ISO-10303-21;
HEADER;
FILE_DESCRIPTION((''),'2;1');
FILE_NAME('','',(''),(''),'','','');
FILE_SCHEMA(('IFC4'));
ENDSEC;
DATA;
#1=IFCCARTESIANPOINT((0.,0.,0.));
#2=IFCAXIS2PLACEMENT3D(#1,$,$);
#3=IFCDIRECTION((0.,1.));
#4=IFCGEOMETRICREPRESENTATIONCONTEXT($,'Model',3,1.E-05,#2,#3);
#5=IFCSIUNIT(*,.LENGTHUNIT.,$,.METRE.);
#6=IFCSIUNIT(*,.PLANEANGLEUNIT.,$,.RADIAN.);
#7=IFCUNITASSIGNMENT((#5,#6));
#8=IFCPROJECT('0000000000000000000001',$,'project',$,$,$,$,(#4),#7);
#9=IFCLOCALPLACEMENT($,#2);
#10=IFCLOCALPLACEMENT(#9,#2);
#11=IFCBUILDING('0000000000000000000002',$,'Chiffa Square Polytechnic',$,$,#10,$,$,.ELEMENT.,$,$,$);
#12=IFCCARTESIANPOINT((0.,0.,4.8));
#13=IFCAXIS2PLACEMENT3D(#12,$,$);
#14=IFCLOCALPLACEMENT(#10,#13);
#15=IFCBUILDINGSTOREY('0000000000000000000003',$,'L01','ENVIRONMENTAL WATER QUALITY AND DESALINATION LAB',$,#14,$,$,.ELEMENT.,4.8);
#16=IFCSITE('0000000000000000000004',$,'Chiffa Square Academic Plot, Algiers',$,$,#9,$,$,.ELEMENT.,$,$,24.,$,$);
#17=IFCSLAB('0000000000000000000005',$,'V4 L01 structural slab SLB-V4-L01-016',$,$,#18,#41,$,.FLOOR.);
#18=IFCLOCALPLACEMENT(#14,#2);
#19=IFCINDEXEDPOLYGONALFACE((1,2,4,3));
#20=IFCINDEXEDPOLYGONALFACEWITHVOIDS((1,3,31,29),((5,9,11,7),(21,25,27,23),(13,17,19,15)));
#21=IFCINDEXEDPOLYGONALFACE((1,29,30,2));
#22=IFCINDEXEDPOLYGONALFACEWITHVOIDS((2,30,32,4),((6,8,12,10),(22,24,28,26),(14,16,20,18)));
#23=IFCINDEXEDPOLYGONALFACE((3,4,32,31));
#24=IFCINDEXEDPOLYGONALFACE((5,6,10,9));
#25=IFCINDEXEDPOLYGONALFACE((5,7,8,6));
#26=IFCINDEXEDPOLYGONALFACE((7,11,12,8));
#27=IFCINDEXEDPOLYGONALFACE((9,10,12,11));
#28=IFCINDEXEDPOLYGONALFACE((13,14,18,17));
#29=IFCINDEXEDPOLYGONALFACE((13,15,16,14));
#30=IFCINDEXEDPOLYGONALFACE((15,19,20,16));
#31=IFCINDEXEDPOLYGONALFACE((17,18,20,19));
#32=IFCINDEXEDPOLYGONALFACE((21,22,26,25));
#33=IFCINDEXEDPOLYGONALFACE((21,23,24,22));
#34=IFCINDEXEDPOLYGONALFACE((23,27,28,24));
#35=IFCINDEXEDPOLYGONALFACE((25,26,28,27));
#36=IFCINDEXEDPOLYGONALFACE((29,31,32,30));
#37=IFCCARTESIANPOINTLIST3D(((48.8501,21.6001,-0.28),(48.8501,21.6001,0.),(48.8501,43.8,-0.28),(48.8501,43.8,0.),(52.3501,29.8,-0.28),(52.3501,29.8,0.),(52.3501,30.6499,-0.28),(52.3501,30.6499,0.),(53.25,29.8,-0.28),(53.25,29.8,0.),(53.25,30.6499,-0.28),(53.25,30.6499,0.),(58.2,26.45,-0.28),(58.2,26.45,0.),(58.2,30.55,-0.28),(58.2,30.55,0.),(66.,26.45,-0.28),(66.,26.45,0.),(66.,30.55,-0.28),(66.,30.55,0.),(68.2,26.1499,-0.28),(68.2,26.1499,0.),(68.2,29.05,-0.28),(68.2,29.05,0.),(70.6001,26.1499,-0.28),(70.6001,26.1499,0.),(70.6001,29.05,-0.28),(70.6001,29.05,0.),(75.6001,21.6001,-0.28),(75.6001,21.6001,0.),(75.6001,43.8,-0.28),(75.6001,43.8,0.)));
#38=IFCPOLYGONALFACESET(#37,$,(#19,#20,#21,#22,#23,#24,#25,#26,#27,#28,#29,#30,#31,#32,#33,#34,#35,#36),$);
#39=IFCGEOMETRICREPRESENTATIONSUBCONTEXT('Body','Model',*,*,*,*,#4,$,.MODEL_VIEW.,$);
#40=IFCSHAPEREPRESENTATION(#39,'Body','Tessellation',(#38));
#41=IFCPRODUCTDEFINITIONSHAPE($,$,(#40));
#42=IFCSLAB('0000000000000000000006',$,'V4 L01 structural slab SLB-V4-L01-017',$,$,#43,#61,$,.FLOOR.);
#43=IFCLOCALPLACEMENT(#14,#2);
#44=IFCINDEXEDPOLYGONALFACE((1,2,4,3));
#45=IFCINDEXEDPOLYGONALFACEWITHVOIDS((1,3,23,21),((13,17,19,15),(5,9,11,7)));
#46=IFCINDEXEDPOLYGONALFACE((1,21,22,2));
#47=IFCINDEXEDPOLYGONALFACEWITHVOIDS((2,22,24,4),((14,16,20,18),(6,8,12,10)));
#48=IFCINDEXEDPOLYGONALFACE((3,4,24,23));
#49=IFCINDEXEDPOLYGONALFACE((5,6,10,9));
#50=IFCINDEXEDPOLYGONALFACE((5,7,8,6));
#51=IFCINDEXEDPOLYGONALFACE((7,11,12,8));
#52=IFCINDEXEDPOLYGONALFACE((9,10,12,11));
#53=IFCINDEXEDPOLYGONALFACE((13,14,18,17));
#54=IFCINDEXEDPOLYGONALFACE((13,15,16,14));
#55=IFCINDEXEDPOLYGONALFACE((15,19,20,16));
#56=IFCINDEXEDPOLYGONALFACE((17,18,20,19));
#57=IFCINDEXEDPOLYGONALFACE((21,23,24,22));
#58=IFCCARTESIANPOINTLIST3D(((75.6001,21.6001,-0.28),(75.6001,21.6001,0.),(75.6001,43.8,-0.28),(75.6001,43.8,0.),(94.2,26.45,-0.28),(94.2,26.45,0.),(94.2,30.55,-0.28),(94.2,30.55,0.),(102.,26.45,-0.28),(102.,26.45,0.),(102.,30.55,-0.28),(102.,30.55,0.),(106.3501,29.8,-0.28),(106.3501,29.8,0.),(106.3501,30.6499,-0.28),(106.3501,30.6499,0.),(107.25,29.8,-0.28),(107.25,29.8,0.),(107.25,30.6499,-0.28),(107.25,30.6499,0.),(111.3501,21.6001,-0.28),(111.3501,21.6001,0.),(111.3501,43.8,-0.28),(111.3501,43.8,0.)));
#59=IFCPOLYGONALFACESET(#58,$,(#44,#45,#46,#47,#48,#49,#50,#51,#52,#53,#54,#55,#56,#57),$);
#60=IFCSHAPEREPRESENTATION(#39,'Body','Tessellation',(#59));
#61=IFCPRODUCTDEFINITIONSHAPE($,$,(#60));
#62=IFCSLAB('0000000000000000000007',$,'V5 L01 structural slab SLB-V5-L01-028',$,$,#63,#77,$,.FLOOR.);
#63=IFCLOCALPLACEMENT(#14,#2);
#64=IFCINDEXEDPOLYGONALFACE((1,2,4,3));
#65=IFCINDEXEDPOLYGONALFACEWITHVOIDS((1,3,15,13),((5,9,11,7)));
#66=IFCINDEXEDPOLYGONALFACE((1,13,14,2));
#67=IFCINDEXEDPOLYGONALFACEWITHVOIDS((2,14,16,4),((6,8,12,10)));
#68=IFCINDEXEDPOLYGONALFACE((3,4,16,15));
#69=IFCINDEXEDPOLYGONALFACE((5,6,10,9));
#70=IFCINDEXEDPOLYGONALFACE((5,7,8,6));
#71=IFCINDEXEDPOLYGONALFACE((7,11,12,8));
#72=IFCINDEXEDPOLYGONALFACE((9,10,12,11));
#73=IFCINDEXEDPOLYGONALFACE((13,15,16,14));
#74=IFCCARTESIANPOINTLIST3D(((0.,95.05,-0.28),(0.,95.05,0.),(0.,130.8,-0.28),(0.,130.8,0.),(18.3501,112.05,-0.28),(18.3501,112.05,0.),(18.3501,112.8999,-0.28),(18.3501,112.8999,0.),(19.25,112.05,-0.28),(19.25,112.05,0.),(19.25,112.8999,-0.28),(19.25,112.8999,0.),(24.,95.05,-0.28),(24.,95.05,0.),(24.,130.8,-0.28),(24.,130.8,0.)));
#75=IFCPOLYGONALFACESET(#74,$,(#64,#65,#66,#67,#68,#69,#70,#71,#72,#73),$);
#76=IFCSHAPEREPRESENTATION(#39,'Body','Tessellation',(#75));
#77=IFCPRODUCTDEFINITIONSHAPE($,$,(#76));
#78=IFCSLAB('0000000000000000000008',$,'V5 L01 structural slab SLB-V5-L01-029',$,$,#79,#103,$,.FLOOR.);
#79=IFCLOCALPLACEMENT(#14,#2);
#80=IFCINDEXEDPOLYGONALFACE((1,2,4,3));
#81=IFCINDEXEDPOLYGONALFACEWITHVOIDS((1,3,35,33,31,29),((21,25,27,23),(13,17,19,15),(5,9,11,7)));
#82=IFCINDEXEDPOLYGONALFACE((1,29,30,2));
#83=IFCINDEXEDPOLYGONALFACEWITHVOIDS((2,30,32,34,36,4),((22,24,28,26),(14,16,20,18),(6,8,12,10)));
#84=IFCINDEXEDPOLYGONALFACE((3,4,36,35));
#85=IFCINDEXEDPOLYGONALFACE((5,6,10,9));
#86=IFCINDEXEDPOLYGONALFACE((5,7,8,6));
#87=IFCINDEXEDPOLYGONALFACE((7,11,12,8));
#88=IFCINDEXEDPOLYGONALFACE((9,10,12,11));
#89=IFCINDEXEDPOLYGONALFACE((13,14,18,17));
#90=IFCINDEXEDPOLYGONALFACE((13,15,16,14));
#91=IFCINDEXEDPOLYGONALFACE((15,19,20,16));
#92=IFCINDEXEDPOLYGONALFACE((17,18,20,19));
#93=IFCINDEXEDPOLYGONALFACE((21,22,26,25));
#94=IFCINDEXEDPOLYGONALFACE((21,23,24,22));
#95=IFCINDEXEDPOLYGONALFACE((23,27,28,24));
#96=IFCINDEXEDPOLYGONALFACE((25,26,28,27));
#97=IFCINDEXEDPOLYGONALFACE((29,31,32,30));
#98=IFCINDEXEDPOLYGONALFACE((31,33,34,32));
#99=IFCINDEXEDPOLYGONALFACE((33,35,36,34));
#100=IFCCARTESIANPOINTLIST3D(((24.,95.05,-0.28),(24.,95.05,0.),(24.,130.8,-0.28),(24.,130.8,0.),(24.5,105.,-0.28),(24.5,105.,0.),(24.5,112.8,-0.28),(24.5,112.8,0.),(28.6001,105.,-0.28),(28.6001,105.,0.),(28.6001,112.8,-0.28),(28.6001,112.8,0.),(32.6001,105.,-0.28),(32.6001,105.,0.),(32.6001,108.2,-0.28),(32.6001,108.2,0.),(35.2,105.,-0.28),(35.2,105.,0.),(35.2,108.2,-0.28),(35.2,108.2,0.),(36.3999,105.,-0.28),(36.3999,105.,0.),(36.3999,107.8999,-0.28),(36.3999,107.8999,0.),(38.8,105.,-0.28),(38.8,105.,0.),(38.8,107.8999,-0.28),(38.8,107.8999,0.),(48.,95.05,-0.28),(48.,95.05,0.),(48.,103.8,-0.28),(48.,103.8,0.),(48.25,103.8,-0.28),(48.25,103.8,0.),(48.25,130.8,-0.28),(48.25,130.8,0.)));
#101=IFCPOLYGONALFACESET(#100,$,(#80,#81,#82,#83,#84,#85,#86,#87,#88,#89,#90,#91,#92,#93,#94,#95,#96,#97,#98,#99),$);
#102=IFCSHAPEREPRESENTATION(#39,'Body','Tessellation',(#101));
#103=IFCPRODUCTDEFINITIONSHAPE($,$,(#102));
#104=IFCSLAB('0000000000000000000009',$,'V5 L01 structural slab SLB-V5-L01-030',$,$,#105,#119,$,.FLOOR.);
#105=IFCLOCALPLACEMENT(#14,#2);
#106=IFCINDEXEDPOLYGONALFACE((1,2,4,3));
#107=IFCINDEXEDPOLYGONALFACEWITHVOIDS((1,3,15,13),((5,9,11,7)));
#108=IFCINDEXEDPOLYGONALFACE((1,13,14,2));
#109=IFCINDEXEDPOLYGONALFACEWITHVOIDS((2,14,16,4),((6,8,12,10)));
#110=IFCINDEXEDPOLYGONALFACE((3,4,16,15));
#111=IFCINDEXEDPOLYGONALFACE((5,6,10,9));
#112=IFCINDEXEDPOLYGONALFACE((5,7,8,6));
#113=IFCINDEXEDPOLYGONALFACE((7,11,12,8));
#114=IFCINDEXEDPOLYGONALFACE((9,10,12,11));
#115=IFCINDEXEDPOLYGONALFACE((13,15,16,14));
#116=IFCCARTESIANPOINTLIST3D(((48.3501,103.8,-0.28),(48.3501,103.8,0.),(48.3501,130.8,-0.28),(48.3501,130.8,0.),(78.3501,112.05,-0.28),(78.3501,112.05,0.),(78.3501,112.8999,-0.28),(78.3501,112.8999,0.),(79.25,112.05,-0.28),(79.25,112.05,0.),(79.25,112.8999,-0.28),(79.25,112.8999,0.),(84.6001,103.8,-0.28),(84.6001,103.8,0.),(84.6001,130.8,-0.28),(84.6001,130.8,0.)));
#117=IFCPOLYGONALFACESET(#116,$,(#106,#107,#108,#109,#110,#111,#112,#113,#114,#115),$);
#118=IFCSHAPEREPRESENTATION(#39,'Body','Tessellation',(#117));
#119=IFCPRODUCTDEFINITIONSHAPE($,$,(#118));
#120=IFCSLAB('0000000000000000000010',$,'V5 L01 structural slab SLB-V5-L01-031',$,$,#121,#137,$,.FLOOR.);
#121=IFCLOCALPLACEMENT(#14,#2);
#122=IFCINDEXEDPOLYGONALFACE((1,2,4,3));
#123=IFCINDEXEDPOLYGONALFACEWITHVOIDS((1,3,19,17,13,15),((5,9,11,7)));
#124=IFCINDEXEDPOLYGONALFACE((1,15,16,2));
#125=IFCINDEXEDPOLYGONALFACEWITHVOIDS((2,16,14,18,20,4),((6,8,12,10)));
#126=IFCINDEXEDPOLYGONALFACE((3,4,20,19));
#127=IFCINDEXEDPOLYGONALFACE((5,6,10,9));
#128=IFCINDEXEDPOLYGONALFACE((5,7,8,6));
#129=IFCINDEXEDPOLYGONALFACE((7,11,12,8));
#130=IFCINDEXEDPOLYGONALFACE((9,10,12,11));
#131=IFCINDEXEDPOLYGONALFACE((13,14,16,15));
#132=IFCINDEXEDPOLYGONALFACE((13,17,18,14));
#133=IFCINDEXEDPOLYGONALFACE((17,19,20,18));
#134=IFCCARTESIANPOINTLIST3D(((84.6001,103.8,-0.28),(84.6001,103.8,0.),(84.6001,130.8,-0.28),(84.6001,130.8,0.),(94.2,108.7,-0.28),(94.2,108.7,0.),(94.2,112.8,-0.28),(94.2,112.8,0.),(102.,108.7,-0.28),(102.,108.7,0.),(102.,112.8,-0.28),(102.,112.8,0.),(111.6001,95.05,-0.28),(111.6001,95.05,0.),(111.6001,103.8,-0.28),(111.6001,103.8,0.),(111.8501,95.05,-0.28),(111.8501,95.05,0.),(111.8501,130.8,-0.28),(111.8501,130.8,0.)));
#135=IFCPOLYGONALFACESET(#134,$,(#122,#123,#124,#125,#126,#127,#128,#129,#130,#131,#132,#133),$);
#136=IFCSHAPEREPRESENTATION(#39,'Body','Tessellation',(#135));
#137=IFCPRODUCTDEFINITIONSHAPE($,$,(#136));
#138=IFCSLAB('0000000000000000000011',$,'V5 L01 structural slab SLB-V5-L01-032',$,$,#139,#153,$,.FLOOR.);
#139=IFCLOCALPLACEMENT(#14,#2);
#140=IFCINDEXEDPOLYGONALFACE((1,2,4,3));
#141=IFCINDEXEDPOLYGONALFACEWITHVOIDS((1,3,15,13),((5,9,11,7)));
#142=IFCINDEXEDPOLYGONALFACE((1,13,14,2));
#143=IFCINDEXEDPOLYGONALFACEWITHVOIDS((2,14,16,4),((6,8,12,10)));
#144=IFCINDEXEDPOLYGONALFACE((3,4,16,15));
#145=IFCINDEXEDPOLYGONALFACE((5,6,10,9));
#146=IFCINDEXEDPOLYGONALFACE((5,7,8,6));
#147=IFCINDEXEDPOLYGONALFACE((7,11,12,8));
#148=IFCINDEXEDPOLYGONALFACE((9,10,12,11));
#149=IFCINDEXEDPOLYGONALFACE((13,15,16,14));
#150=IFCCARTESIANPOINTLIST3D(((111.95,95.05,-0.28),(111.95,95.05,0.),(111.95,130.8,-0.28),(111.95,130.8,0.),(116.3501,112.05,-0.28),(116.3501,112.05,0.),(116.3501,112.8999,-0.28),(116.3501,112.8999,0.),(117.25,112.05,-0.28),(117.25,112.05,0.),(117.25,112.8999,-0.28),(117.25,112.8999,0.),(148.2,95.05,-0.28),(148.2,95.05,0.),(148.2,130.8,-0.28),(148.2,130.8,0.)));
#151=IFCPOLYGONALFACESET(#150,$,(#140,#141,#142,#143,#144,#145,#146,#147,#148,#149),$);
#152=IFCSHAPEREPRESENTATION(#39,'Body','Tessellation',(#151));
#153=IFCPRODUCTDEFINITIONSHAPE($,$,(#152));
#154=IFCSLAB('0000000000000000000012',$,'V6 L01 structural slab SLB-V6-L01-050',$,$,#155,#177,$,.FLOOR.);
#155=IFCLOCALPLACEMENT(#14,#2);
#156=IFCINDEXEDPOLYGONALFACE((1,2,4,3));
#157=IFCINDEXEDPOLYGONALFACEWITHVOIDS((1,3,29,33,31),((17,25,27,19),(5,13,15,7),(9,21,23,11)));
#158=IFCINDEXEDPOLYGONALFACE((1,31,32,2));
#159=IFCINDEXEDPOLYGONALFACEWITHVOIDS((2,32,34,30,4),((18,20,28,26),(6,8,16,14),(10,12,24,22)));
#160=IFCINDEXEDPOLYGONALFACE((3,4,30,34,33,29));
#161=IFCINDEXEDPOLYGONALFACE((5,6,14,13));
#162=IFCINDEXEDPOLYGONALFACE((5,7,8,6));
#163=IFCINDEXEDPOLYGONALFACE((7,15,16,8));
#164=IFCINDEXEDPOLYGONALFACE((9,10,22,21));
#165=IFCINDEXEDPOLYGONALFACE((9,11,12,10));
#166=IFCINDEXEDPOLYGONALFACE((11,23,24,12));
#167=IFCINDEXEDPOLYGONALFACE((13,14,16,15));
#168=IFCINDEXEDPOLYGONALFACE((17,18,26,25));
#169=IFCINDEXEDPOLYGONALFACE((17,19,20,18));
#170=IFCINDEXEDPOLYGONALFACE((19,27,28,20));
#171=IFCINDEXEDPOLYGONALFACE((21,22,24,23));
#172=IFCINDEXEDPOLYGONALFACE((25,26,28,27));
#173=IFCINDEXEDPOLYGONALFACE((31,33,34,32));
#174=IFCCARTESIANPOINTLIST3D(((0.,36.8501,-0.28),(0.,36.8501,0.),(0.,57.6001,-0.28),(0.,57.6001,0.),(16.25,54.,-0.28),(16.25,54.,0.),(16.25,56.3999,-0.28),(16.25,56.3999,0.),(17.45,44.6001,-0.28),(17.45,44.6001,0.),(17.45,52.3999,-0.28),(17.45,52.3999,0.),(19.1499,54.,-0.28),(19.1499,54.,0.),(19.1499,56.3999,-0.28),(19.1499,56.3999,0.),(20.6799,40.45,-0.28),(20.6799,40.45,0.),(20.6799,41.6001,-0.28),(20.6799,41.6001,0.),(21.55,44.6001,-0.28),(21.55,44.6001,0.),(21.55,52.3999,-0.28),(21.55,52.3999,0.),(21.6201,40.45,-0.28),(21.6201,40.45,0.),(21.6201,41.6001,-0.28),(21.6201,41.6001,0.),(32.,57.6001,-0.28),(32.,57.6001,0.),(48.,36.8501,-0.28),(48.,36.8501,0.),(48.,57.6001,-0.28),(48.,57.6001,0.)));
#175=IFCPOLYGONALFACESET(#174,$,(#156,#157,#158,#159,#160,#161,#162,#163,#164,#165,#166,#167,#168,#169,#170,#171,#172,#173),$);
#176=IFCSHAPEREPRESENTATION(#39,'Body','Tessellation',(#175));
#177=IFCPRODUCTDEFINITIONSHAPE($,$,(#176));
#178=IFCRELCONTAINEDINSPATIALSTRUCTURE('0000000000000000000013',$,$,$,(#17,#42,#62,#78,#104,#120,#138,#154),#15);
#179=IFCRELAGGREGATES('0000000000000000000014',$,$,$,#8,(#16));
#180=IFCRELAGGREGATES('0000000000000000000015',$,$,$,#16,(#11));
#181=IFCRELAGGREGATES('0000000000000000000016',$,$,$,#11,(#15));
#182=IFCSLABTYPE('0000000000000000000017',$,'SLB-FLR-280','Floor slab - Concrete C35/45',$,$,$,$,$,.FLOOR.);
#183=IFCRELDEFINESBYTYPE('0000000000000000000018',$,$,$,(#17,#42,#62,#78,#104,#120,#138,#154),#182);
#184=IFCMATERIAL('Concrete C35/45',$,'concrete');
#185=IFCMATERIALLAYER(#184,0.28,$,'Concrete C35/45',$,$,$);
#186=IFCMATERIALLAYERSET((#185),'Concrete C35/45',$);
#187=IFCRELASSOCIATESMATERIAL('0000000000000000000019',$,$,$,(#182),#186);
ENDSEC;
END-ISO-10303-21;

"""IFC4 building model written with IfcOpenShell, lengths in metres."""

from ifc_helpers import new_model, si_unit, direction, frame, origin, place, context, subcontext, project, spatial, polyline, outline, extrude, material, layer, layer_set, type_object, element, save


model = new_model("IFC4")

# Units and contexts
model_context = context("Model", 3, precision=1e-05, world=origin(), true_north=direction((0.0, 1.0)))
body_context = subcontext(model_context, "Body", "Model", "MODEL_VIEW")
ifc_project = project(units=[si_unit("LENGTHUNIT", "METRE"), si_unit("PLANEANGLEUNIT", "RADIAN")], contexts=[model_context])

# Site, building, storey
site_placement = place(None, origin())
site = spatial("IfcSite", under=ifc_project, at=site_placement, Name="Chiffa Square Academic Plot, Algiers", CompositionType="ELEMENT", RefElevation=24.0)
building_placement = place(site_placement, origin())
building = spatial("IfcBuilding", under=site, at=building_placement, Name="Chiffa Square Polytechnic", CompositionType="ELEMENT")
storey_placement = place(building_placement, frame((0.0, 0.0, 4.8)))
storey = spatial("IfcBuildingStorey", under=building, at=storey_placement, Name="L01", Description="ENVIRONMENTAL WATER QUALITY AND DESALINATION LAB", CompositionType="ELEMENT", Elevation=4.8)

# Shared definitions
ifc_material_1 = material(Name="Concrete C35/45", Category="concrete")

# Slabs
ifc_layer_1 = layer(ifc_material_1, 0.28, Name="Concrete C35/45")
ifc_layer_set_1 = layer_set([ifc_layer_1], Name="Concrete C35/45")
slab_type_1 = type_object("IfcSlabType", Name="SLB-FLR-280", Description="Floor slab - Concrete C35/45", PredefinedType="FLOOR", material=ifc_layer_set_1)
slab_1_placement = place(storey_placement, frame((0.0, 0.0, -0.28)))
element("IfcSlab", 1, at=slab_1_placement, inside=storey, type_object=slab_type_1, Name="V4 L01 structural slab SLB-V4-L01-016", PredefinedType="FLOOR", context=body_context, shape_type="SweptSolid", body=[
    extrude(outline(polyline([(48.8501, 21.6001), (48.8501, 43.8), (75.6001, 43.8), (75.6001, 21.6001), (48.8501, 21.6001)]), holes=[polyline([(58.2, 30.55), (66.0, 30.55), (66.0, 26.45), (58.2, 26.45), (58.2, 30.55)]), polyline([(68.2, 29.05), (70.6001, 29.05), (70.6001, 26.1499), (68.2, 26.1499), (68.2, 29.05)]), polyline([(52.3501, 30.6499), (53.25, 30.6499), (53.25, 29.8), (52.3501, 29.8), (52.3501, 30.6499)])]), origin(), (0.0, 0.0, 1.0), 0.28),
])
slab_2_placement = place(storey_placement, frame((0.0, 0.0, -0.28)))
element("IfcSlab", 2, at=slab_2_placement, inside=storey, type_object=slab_type_1, Name="V4 L01 structural slab SLB-V4-L01-017", PredefinedType="FLOOR", context=body_context, shape_type="SweptSolid", body=[
    extrude(outline(polyline([(111.3501, 43.8), (111.3501, 21.6001), (75.6001, 21.6001), (75.6001, 43.8), (111.3501, 43.8)]), holes=[polyline([(94.2, 30.55), (102.0, 30.55), (102.0, 26.45), (94.2, 26.45), (94.2, 30.55)]), polyline([(106.3501, 30.6499), (107.25, 30.6499), (107.25, 29.8), (106.3501, 29.8), (106.3501, 30.6499)])]), origin(), (0.0, 0.0, 1.0), 0.28),
])
slab_3_placement = place(storey_placement, frame((0.0, 0.0, -0.28)))
element("IfcSlab", 3, at=slab_3_placement, inside=storey, type_object=slab_type_1, Name="V5 L01 structural slab SLB-V5-L01-028", PredefinedType="FLOOR", context=body_context, shape_type="SweptSolid", body=[
    extrude(outline(polyline([(0.0, 95.05), (0.0, 130.8), (24.0, 130.8), (24.0, 95.05), (0.0, 95.05)]), holes=[polyline([(18.3501, 112.8999), (19.25, 112.8999), (19.25, 112.05), (18.3501, 112.05), (18.3501, 112.8999)])]), origin(), (0.0, 0.0, 1.0), 0.28),
])
slab_4_placement = place(storey_placement, frame((0.0, 0.0, -0.28)))
element("IfcSlab", 4, at=slab_4_placement, inside=storey, type_object=slab_type_1, Name="V5 L01 structural slab SLB-V5-L01-029", PredefinedType="FLOOR", context=body_context, shape_type="SweptSolid", body=[
    extrude(outline(polyline([(48.0, 103.8), (48.0, 95.05), (24.0, 95.05), (24.0, 130.8), (48.25, 130.8), (48.25, 103.8), (48.0, 103.8)]), holes=[polyline([(24.5, 105.0), (24.5, 112.8), (28.6001, 112.8), (28.6001, 105.0), (24.5, 105.0)]), polyline([(32.6001, 108.2), (35.2, 108.2), (35.2, 105.0), (32.6001, 105.0), (32.6001, 108.2)]), polyline([(36.3999, 107.8999), (38.8, 107.8999), (38.8, 105.0), (36.3999, 105.0), (36.3999, 107.8999)])]), origin(), (0.0, 0.0, 1.0), 0.28),
])
slab_5_placement = place(storey_placement, frame((0.0, 0.0, -0.28)))
element("IfcSlab", 5, at=slab_5_placement, inside=storey, type_object=slab_type_1, Name="V5 L01 structural slab SLB-V5-L01-030", PredefinedType="FLOOR", context=body_context, shape_type="SweptSolid", body=[
    extrude(outline(polyline([(48.3501, 103.8), (48.3501, 130.8), (84.6001, 130.8), (84.6001, 103.8), (48.3501, 103.8)]), holes=[polyline([(78.3501, 112.8999), (79.25, 112.8999), (79.25, 112.05), (78.3501, 112.05), (78.3501, 112.8999)])]), origin(), (0.0, 0.0, 1.0), 0.28),
])
slab_6_placement = place(storey_placement, frame((0.0, 0.0, -0.28)))
element("IfcSlab", 6, at=slab_6_placement, inside=storey, type_object=slab_type_1, Name="V5 L01 structural slab SLB-V5-L01-031", PredefinedType="FLOOR", context=body_context, shape_type="SweptSolid", body=[
    extrude(outline(polyline([(111.6001, 95.05), (111.6001, 103.8), (84.6001, 103.8), (84.6001, 130.8), (111.8501, 130.8), (111.8501, 95.05), (111.6001, 95.05)]), holes=[polyline([(94.2, 112.8), (102.0, 112.8), (102.0, 108.7), (94.2, 108.7), (94.2, 112.8)])]), origin(), (0.0, 0.0, 1.0), 0.28),
])
slab_7_placement = place(storey_placement, frame((0.0, 0.0, -0.28)))
element("IfcSlab", 7, at=slab_7_placement, inside=storey, type_object=slab_type_1, Name="V5 L01 structural slab SLB-V5-L01-032", PredefinedType="FLOOR", context=body_context, shape_type="SweptSolid", body=[
    extrude(outline(polyline([(148.2, 130.8), (148.2, 95.05), (111.95, 95.05), (111.95, 130.8), (148.2, 130.8)]), holes=[polyline([(116.3501, 112.8999), (117.25, 112.8999), (117.25, 112.05), (116.3501, 112.05), (116.3501, 112.8999)])]), origin(), (0.0, 0.0, 1.0), 0.28),
])
slab_8_placement = place(storey_placement, frame((0.0, 0.0, -0.28)))
element("IfcSlab", 8, at=slab_8_placement, inside=storey, type_object=slab_type_1, Name="V6 L01 structural slab SLB-V6-L01-050", PredefinedType="FLOOR", context=body_context, shape_type="SweptSolid", body=[
    extrude(outline(polyline([(48.0, 36.8501), (0.0, 36.8501), (0.0, 57.6001), (32.0, 57.6001), (48.0, 57.6001), (48.0, 36.8501)]), holes=[polyline([(21.55, 52.3999), (21.55, 44.6001), (17.45, 44.6001), (17.45, 52.3999), (21.55, 52.3999)]), polyline([(16.25, 56.3999), (19.1499, 56.3999), (19.1499, 54.0), (16.25, 54.0), (16.25, 56.3999)]), polyline([(20.6799, 41.6001), (21.6201, 41.6001), (21.6201, 40.45), (20.6799, 40.45), (20.6799, 41.6001)])]), origin(), (0.0, 0.0, 1.0), 0.28),
])

save(model, "model.ifc")
